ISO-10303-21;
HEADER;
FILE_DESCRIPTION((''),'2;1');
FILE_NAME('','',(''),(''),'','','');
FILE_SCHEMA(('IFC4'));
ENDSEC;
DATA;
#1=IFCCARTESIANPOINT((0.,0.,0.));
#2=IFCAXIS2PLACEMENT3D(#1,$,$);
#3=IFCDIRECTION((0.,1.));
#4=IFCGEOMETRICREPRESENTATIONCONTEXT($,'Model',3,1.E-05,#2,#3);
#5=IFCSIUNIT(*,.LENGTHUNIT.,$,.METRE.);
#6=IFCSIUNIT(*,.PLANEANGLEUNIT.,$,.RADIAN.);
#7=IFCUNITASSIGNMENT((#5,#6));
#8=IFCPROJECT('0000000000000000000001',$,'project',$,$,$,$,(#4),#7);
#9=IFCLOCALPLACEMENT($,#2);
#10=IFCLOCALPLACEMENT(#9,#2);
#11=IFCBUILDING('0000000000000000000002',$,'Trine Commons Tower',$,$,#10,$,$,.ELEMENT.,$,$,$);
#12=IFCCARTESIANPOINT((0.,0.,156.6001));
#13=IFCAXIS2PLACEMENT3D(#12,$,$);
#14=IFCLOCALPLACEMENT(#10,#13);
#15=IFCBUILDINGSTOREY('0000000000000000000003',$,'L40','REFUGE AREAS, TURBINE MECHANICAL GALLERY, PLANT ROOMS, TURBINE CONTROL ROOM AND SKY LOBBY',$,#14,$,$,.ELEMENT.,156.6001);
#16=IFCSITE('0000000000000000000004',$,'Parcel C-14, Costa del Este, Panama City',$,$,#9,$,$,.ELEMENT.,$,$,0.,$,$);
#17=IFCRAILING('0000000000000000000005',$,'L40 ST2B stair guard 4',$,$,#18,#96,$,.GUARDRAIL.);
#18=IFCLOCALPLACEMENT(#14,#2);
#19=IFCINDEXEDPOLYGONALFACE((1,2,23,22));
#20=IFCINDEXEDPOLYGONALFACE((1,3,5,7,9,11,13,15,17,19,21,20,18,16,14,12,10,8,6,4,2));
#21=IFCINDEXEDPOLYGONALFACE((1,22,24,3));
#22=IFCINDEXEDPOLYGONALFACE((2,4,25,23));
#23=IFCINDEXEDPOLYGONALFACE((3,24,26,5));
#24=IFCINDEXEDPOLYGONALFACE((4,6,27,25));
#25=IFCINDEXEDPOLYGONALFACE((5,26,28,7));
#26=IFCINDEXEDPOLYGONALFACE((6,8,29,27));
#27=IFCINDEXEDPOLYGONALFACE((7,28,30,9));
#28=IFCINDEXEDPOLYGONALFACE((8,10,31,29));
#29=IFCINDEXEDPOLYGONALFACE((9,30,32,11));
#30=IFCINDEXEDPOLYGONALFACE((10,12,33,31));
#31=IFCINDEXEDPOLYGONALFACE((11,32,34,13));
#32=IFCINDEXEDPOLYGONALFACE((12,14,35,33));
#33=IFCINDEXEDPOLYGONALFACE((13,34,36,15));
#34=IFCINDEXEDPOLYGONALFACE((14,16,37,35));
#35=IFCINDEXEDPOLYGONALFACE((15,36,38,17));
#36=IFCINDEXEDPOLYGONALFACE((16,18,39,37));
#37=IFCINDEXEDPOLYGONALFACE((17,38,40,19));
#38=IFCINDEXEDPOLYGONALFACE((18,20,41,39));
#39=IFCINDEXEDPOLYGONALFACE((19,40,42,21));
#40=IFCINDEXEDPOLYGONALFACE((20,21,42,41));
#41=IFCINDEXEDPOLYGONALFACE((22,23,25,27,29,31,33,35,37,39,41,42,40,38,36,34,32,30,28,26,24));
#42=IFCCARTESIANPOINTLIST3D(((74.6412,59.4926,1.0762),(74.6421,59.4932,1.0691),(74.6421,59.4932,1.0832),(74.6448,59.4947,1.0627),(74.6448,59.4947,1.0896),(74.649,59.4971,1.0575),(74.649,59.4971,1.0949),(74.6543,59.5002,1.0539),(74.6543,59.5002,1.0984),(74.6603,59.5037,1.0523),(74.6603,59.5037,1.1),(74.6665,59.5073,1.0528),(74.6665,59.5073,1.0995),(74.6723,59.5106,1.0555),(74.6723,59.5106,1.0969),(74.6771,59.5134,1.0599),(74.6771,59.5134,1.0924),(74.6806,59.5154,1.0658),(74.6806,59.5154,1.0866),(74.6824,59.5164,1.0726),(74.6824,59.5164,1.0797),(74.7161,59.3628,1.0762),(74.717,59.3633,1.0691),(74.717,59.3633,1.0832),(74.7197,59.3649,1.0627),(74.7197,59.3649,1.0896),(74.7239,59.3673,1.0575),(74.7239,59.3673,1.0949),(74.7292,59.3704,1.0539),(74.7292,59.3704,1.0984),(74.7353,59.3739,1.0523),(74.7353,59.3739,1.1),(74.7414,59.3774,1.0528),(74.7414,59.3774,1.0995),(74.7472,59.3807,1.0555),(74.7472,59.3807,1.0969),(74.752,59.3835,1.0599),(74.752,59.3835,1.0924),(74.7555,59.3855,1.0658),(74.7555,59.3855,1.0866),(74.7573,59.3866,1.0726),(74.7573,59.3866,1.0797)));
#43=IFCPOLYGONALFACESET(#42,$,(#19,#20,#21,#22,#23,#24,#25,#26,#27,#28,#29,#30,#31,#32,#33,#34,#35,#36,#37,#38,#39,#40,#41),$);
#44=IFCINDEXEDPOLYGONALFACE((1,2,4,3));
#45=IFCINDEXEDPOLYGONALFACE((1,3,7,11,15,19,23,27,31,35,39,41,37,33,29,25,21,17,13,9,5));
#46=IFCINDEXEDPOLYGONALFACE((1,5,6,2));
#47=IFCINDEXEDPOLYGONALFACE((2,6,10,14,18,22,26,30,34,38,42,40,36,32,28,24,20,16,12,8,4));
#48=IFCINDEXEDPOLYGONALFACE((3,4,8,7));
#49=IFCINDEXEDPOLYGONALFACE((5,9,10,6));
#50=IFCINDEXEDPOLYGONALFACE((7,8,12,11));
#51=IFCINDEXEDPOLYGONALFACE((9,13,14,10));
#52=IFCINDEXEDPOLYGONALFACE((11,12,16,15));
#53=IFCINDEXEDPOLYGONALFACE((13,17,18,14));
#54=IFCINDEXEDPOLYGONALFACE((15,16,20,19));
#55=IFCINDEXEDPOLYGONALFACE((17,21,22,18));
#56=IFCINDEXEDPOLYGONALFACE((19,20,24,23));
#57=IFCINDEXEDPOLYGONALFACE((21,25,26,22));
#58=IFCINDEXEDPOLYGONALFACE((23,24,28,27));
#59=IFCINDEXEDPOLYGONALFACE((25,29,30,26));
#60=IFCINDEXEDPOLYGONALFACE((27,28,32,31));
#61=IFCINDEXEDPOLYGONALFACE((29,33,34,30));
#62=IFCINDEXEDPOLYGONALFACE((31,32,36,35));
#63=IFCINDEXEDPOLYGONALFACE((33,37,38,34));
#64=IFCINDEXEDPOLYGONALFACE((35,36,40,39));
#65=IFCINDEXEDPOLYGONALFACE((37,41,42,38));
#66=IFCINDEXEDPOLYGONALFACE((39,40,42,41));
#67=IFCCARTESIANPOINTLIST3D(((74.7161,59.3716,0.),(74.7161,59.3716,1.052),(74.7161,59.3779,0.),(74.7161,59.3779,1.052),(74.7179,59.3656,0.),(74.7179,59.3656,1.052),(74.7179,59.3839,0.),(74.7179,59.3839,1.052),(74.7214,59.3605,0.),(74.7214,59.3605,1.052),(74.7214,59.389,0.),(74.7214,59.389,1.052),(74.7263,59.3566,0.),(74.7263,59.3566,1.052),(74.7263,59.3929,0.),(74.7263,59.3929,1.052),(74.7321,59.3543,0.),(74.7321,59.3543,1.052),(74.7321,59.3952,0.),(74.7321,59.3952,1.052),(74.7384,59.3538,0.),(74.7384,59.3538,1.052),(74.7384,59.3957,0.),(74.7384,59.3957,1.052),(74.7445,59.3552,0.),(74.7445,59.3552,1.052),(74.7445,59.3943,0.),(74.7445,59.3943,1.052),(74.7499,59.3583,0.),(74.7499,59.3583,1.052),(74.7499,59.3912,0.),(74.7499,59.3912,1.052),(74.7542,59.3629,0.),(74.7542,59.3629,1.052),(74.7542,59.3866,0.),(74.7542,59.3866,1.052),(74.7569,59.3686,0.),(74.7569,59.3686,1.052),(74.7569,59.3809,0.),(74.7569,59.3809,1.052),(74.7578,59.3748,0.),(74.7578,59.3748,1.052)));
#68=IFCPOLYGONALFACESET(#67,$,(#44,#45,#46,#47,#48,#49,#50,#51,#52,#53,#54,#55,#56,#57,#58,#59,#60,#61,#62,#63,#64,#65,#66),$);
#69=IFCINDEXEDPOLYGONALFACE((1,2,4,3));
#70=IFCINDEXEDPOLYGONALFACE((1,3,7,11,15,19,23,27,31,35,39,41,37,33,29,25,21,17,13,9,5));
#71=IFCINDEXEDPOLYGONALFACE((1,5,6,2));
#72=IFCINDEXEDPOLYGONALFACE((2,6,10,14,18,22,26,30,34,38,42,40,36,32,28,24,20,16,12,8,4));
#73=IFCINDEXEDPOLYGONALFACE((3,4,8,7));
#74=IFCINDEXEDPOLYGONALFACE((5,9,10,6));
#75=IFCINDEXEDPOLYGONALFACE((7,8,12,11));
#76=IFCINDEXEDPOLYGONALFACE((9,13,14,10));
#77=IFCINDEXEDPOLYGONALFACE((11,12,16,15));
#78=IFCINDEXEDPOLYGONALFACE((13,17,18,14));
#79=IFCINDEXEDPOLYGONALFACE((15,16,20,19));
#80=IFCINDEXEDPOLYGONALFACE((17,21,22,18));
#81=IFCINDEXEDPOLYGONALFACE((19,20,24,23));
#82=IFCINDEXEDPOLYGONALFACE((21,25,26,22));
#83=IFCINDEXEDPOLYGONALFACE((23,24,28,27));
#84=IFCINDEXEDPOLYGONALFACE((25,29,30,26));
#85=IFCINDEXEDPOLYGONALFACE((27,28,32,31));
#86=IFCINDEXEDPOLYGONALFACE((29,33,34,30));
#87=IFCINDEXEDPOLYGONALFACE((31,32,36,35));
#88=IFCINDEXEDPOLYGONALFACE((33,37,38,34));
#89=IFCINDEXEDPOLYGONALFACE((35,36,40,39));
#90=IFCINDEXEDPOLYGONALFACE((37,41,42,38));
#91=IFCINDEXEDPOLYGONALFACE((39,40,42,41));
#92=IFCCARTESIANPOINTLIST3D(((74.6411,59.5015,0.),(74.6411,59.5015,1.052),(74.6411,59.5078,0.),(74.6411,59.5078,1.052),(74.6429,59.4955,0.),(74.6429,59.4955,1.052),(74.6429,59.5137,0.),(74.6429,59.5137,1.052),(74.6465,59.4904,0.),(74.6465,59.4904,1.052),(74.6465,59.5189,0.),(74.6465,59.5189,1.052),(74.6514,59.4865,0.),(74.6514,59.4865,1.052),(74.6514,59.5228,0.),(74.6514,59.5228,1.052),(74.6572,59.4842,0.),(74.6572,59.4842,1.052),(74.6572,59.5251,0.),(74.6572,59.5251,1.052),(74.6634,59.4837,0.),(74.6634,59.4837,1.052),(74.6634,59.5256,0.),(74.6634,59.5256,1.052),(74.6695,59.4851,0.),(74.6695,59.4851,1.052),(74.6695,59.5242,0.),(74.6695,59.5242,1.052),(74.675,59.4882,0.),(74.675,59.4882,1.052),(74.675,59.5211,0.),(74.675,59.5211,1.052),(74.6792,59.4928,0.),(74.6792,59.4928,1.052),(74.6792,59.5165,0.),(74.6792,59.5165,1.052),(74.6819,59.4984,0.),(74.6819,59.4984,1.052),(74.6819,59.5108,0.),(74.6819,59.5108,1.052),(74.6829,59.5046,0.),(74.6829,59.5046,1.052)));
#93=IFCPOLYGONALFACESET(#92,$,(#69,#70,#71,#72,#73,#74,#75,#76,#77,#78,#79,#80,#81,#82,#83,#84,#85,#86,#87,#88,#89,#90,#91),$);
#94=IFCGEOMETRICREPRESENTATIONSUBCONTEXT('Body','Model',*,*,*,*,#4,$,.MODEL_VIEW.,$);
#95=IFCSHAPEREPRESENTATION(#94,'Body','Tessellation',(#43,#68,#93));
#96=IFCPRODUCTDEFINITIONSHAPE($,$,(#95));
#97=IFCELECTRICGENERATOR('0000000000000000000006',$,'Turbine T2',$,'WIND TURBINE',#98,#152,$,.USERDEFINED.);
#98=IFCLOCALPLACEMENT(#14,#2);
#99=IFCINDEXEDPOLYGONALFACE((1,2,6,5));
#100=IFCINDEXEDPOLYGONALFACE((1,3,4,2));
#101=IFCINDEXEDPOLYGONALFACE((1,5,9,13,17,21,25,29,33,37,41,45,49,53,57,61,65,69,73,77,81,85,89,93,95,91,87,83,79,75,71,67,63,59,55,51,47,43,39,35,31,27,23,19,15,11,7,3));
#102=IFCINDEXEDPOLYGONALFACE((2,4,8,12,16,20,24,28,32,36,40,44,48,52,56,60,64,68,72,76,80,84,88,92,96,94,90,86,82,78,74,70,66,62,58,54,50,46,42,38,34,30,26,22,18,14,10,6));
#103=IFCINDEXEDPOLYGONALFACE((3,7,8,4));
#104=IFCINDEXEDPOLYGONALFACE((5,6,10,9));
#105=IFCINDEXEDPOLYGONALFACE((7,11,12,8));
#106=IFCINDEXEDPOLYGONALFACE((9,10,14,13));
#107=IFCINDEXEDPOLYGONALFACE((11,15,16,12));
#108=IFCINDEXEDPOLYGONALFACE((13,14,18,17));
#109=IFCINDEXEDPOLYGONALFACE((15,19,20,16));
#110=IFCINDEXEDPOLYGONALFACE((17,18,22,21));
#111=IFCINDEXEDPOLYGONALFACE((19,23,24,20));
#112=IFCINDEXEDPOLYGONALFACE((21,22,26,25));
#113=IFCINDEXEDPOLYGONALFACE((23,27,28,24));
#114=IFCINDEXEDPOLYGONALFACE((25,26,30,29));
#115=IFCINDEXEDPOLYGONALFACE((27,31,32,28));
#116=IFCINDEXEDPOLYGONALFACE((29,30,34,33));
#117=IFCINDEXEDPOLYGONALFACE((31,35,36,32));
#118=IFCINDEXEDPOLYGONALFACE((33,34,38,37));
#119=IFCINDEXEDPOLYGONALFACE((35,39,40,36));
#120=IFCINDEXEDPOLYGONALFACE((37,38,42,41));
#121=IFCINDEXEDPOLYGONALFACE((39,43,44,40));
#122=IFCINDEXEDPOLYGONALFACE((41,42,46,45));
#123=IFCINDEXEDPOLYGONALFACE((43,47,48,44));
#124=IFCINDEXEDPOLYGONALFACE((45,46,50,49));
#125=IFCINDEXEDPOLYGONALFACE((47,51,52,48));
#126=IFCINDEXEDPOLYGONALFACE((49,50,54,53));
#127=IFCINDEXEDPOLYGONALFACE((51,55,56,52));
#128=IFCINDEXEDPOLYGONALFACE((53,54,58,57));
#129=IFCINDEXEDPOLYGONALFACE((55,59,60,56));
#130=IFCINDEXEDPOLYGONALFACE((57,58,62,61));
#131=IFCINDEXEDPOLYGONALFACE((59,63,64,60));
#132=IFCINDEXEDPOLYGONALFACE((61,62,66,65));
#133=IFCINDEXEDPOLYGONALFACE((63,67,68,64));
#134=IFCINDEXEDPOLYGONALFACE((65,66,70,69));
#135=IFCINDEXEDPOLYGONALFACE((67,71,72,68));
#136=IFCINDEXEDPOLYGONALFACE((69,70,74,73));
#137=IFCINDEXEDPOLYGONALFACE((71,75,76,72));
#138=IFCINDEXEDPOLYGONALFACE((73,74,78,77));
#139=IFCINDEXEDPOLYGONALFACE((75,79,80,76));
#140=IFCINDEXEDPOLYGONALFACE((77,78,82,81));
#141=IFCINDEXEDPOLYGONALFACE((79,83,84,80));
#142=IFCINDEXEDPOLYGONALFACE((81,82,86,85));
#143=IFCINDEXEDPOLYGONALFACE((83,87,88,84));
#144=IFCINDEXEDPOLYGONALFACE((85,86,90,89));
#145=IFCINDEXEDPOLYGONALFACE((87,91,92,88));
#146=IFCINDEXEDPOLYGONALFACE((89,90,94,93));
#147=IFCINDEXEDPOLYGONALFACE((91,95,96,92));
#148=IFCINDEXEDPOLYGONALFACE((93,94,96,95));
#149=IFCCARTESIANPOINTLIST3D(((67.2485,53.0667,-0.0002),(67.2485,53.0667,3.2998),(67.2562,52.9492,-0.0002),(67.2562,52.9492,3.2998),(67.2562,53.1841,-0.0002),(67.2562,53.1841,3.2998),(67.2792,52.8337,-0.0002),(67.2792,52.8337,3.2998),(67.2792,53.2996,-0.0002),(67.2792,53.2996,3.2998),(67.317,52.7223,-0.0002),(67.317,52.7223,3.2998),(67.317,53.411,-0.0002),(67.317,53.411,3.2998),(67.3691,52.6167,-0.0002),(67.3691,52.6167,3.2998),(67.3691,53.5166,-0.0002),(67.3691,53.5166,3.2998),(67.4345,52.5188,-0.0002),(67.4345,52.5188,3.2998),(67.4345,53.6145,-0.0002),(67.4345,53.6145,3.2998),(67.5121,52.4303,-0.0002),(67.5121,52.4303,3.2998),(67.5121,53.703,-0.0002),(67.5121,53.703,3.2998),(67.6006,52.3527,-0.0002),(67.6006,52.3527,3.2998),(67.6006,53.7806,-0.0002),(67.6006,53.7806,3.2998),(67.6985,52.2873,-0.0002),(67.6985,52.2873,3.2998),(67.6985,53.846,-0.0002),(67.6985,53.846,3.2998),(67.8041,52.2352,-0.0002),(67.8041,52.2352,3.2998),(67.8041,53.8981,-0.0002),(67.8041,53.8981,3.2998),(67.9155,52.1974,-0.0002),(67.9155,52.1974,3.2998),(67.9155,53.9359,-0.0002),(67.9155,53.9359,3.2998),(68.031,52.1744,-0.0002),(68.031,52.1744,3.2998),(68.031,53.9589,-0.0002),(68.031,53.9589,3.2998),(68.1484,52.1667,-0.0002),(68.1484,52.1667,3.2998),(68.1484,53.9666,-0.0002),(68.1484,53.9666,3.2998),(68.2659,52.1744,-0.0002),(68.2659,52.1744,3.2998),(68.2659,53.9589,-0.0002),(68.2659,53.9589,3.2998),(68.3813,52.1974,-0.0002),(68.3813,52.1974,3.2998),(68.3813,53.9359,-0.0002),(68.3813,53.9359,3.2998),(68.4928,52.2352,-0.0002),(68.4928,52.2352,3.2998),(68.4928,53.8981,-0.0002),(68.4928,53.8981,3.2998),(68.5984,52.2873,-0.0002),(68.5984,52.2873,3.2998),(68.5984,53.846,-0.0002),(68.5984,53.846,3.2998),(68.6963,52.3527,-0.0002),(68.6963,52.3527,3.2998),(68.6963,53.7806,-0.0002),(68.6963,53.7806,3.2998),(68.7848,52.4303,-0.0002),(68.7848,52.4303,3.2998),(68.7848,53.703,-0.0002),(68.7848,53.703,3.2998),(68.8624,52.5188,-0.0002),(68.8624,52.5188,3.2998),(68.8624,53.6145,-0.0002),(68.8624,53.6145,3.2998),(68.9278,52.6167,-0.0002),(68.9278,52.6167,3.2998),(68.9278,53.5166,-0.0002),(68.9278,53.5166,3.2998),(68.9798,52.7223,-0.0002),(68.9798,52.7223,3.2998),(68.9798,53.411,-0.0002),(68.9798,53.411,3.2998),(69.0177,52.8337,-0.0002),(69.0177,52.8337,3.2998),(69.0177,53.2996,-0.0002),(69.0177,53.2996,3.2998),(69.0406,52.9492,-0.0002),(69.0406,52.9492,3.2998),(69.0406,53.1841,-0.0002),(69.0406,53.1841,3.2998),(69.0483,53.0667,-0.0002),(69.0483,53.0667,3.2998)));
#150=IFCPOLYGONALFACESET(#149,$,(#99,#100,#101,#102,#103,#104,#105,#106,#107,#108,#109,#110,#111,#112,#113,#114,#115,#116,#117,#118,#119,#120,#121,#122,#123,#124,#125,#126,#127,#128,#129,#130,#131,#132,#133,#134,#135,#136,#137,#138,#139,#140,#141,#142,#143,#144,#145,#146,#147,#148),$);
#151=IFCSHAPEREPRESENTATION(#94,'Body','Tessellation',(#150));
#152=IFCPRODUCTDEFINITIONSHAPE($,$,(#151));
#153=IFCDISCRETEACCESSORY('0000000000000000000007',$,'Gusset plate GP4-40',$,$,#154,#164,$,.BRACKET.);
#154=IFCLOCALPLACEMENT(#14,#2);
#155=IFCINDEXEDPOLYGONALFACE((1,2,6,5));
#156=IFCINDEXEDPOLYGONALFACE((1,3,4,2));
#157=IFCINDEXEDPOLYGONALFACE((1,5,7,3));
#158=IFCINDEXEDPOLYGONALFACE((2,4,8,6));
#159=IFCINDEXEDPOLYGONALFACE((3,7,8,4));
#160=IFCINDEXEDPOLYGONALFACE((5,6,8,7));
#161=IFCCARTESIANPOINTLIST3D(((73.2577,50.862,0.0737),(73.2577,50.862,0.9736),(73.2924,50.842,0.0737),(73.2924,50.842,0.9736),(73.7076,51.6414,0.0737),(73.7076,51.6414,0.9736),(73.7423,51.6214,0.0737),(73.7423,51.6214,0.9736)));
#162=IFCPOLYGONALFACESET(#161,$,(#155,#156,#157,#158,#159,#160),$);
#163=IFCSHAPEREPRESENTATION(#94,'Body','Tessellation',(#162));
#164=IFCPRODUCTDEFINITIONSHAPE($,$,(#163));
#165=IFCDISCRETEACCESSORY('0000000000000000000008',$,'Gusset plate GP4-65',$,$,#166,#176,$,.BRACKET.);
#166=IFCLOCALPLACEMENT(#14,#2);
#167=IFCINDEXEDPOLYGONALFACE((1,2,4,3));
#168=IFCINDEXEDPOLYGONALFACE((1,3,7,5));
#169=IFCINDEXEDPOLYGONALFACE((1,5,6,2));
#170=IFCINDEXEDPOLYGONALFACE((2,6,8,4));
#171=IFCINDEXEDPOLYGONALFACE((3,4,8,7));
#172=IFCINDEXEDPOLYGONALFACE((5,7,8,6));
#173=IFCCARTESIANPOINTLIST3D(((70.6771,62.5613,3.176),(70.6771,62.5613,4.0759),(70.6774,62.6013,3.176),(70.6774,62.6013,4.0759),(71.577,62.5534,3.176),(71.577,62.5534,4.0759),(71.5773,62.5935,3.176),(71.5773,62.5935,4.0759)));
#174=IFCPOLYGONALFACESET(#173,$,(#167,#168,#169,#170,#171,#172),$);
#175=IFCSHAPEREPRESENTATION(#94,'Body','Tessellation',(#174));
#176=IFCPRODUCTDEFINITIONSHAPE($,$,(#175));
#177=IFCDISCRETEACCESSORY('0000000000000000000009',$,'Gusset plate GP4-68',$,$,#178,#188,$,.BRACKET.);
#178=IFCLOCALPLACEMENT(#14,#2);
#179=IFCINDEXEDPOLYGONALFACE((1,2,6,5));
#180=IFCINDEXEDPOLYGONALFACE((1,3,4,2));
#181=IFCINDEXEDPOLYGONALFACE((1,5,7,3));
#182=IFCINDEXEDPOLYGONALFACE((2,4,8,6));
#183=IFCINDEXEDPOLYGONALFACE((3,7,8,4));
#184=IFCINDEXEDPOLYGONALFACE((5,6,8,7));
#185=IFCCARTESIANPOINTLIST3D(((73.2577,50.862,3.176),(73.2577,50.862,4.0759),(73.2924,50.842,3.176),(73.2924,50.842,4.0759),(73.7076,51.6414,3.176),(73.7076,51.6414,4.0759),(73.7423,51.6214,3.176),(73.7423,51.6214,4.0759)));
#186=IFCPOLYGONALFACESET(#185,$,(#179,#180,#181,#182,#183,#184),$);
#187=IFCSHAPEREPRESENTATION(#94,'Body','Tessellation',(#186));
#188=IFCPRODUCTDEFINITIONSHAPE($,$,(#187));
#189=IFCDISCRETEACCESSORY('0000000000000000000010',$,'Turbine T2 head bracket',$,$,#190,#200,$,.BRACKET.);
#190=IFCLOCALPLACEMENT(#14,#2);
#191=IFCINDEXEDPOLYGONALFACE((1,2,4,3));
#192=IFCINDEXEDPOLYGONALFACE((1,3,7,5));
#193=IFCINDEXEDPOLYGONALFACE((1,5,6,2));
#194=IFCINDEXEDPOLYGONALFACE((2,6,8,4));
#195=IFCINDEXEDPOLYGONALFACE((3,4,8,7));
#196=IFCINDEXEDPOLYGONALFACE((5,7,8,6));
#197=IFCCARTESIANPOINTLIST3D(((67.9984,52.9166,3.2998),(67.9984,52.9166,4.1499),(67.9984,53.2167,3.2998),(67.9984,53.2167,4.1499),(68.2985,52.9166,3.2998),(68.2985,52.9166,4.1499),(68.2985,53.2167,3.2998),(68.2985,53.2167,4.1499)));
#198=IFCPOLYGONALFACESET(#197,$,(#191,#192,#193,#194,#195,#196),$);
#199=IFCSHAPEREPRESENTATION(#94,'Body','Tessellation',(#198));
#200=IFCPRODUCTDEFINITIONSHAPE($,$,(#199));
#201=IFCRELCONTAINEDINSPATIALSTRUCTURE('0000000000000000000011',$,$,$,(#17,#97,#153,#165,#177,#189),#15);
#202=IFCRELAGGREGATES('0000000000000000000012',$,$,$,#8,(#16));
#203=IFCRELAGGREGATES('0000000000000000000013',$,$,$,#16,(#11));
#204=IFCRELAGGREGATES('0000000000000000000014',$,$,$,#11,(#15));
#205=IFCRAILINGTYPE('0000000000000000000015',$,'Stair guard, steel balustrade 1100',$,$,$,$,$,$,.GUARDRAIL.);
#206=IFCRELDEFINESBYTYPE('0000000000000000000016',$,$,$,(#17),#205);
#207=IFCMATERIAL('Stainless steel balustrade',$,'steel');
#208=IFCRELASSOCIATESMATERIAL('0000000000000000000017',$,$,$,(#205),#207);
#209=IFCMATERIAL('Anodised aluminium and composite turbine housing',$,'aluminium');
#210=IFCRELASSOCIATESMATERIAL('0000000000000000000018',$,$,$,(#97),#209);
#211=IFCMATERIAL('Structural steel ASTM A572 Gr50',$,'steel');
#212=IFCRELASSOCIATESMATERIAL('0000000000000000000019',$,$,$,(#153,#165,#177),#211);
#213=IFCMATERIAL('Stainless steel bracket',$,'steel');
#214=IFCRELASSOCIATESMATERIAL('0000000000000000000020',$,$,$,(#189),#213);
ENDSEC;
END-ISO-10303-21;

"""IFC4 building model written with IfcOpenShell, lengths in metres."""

from ifc_helpers import new_model, si_unit, direction, frame, origin, origin_2d, place, context, subcontext, project, spatial, rectangle, circle, extrude, material, type_object, element, save


model = new_model("IFC4")

# Units and contexts
model_context = context("Model", 3, precision=1e-05, world=origin(), true_north=direction((0.0, 1.0)))
body_context = subcontext(model_context, "Body", "Model", "MODEL_VIEW")
ifc_project = project(units=[si_unit("LENGTHUNIT", "METRE"), si_unit("PLANEANGLEUNIT", "RADIAN")], contexts=[model_context])

# Site, building, storey
site_placement = place(None, origin())
site = spatial("IfcSite", under=ifc_project, at=site_placement, Name="Parcel C-14, Costa del Este, Panama City", CompositionType="ELEMENT", RefElevation=0.0)
building_placement = place(site_placement, origin())
building = spatial("IfcBuilding", under=site, at=building_placement, Name="Trine Commons Tower", CompositionType="ELEMENT")
storey_placement = place(building_placement, frame((0.0, 0.0, 156.6001)))
storey = spatial("IfcBuildingStorey", under=building, at=storey_placement, Name="L40", Description="REFUGE AREAS, TURBINE MECHANICAL GALLERY, PLANT ROOMS, TURBINE CONTROL ROOM AND SKY LOBBY", CompositionType="ELEMENT", Elevation=156.6001)

# Railing
ifc_material_1 = material(Name="Stainless steel balustrade", Category="steel")
railing_type = type_object("IfcRailingType", Name="Stair guard, steel balustrade 1100", PredefinedType="GUARDRAIL", material=ifc_material_1)
railing_1_placement = place(storey_placement, frame((74.7368, 59.3748, 0.0)))
element("IfcRailing", 1, at=railing_1_placement, inside=storey, type_object=railing_type, Name="L40 ST2B stair guard 4", PredefinedType="GUARDRAIL", context=body_context, shape_type="SweptSolid", body=[
    extrude(circle(Radius=0.0239, at=origin_2d()), frame((0.0, 0.0, 1.0762), z_axis=(-0.499816, 0.866131, 0.0), x_axis=(-0.866131, -0.499816, 0.0)), (0.0, 0.0, 1.0), 0.1499),
    extrude(circle(Radius=0.021, at=origin_2d()), origin(), (0.0, 0.0, 1.0), 1.052),
    extrude(circle(Radius=0.021, at=origin_2d()), frame((-0.075, 0.1299, 0.0)), (0.0, 0.0, 1.0), 1.052),
])

# Electric generator
ifc_material_2 = material(Name="Anodised aluminium and composite turbine housing", Category="aluminium")
electric_generator_placement = place(storey_placement, frame((68.1484, 53.0667, 3.2998), z_axis=(0.0, 0.0, -1.0), x_axis=(1.0, 0.0, 0.0)))
element("IfcElectricGenerator", 2, at=electric_generator_placement, inside=storey, material=ifc_material_2, Name="Turbine T2", ObjectType="WIND TURBINE", PredefinedType="USERDEFINED", context=body_context, shape_type="SweptSolid", body=[
    extrude(circle(Radius=0.8999, at=origin_2d()), origin(), (0.0, 0.0, 1.0), 3.3),
])

# Discrete accessories
ifc_material_3 = material(Name="Structural steel ASTM A572 Gr50", Category="steel")
for number, where, z_axis, x_axis, name in (
    (3, (73.5, 51.2417, 0.0737), (0.0, 0.0, 1.0), (-0.5, -0.866025, 0.0), "Gusset plate GP4-40"),
    (4, (71.1272, 62.5774, 3.176), (0.0, 0.0, 1.0), (-0.999962, 0.008727, 0.0), "Gusset plate GP4-65"),
    (5, (73.5, 51.2417, 3.176), (0.0, 0.0, 1.0), (-0.5, -0.866025, 0.0), "Gusset plate GP4-68"),
):
    element("IfcDiscreteAccessory", number, at=place(storey_placement, frame(where, z_axis=z_axis, x_axis=x_axis)), inside=storey, material=ifc_material_3, Name=name, PredefinedType="BRACKET", context=body_context, shape_type="SweptSolid", body=[
        extrude(rectangle(XDim=0.8999, YDim=0.04, at=origin_2d()), origin(), (0.0, 0.0, 1.0), 0.8999),
    ])
ifc_material_4 = material(Name="Stainless steel bracket", Category="steel")
discrete_accessory_placement = place(storey_placement, frame((68.1484, 53.0667, 3.2998), z_axis=(0.0, 0.0, 1.0), x_axis=(1.0, 0.0, 0.0)))
element("IfcDiscreteAccessory", 6, at=discrete_accessory_placement, inside=storey, material=ifc_material_4, Name="Turbine T2 head bracket", PredefinedType="BRACKET", context=body_context, shape_type="SweptSolid", body=[
    extrude(rectangle(XDim=0.3, YDim=0.3, at=origin_2d()), origin(), (0.0, 0.0, 1.0), 0.8501),
])

save(model, "model.ifc")
